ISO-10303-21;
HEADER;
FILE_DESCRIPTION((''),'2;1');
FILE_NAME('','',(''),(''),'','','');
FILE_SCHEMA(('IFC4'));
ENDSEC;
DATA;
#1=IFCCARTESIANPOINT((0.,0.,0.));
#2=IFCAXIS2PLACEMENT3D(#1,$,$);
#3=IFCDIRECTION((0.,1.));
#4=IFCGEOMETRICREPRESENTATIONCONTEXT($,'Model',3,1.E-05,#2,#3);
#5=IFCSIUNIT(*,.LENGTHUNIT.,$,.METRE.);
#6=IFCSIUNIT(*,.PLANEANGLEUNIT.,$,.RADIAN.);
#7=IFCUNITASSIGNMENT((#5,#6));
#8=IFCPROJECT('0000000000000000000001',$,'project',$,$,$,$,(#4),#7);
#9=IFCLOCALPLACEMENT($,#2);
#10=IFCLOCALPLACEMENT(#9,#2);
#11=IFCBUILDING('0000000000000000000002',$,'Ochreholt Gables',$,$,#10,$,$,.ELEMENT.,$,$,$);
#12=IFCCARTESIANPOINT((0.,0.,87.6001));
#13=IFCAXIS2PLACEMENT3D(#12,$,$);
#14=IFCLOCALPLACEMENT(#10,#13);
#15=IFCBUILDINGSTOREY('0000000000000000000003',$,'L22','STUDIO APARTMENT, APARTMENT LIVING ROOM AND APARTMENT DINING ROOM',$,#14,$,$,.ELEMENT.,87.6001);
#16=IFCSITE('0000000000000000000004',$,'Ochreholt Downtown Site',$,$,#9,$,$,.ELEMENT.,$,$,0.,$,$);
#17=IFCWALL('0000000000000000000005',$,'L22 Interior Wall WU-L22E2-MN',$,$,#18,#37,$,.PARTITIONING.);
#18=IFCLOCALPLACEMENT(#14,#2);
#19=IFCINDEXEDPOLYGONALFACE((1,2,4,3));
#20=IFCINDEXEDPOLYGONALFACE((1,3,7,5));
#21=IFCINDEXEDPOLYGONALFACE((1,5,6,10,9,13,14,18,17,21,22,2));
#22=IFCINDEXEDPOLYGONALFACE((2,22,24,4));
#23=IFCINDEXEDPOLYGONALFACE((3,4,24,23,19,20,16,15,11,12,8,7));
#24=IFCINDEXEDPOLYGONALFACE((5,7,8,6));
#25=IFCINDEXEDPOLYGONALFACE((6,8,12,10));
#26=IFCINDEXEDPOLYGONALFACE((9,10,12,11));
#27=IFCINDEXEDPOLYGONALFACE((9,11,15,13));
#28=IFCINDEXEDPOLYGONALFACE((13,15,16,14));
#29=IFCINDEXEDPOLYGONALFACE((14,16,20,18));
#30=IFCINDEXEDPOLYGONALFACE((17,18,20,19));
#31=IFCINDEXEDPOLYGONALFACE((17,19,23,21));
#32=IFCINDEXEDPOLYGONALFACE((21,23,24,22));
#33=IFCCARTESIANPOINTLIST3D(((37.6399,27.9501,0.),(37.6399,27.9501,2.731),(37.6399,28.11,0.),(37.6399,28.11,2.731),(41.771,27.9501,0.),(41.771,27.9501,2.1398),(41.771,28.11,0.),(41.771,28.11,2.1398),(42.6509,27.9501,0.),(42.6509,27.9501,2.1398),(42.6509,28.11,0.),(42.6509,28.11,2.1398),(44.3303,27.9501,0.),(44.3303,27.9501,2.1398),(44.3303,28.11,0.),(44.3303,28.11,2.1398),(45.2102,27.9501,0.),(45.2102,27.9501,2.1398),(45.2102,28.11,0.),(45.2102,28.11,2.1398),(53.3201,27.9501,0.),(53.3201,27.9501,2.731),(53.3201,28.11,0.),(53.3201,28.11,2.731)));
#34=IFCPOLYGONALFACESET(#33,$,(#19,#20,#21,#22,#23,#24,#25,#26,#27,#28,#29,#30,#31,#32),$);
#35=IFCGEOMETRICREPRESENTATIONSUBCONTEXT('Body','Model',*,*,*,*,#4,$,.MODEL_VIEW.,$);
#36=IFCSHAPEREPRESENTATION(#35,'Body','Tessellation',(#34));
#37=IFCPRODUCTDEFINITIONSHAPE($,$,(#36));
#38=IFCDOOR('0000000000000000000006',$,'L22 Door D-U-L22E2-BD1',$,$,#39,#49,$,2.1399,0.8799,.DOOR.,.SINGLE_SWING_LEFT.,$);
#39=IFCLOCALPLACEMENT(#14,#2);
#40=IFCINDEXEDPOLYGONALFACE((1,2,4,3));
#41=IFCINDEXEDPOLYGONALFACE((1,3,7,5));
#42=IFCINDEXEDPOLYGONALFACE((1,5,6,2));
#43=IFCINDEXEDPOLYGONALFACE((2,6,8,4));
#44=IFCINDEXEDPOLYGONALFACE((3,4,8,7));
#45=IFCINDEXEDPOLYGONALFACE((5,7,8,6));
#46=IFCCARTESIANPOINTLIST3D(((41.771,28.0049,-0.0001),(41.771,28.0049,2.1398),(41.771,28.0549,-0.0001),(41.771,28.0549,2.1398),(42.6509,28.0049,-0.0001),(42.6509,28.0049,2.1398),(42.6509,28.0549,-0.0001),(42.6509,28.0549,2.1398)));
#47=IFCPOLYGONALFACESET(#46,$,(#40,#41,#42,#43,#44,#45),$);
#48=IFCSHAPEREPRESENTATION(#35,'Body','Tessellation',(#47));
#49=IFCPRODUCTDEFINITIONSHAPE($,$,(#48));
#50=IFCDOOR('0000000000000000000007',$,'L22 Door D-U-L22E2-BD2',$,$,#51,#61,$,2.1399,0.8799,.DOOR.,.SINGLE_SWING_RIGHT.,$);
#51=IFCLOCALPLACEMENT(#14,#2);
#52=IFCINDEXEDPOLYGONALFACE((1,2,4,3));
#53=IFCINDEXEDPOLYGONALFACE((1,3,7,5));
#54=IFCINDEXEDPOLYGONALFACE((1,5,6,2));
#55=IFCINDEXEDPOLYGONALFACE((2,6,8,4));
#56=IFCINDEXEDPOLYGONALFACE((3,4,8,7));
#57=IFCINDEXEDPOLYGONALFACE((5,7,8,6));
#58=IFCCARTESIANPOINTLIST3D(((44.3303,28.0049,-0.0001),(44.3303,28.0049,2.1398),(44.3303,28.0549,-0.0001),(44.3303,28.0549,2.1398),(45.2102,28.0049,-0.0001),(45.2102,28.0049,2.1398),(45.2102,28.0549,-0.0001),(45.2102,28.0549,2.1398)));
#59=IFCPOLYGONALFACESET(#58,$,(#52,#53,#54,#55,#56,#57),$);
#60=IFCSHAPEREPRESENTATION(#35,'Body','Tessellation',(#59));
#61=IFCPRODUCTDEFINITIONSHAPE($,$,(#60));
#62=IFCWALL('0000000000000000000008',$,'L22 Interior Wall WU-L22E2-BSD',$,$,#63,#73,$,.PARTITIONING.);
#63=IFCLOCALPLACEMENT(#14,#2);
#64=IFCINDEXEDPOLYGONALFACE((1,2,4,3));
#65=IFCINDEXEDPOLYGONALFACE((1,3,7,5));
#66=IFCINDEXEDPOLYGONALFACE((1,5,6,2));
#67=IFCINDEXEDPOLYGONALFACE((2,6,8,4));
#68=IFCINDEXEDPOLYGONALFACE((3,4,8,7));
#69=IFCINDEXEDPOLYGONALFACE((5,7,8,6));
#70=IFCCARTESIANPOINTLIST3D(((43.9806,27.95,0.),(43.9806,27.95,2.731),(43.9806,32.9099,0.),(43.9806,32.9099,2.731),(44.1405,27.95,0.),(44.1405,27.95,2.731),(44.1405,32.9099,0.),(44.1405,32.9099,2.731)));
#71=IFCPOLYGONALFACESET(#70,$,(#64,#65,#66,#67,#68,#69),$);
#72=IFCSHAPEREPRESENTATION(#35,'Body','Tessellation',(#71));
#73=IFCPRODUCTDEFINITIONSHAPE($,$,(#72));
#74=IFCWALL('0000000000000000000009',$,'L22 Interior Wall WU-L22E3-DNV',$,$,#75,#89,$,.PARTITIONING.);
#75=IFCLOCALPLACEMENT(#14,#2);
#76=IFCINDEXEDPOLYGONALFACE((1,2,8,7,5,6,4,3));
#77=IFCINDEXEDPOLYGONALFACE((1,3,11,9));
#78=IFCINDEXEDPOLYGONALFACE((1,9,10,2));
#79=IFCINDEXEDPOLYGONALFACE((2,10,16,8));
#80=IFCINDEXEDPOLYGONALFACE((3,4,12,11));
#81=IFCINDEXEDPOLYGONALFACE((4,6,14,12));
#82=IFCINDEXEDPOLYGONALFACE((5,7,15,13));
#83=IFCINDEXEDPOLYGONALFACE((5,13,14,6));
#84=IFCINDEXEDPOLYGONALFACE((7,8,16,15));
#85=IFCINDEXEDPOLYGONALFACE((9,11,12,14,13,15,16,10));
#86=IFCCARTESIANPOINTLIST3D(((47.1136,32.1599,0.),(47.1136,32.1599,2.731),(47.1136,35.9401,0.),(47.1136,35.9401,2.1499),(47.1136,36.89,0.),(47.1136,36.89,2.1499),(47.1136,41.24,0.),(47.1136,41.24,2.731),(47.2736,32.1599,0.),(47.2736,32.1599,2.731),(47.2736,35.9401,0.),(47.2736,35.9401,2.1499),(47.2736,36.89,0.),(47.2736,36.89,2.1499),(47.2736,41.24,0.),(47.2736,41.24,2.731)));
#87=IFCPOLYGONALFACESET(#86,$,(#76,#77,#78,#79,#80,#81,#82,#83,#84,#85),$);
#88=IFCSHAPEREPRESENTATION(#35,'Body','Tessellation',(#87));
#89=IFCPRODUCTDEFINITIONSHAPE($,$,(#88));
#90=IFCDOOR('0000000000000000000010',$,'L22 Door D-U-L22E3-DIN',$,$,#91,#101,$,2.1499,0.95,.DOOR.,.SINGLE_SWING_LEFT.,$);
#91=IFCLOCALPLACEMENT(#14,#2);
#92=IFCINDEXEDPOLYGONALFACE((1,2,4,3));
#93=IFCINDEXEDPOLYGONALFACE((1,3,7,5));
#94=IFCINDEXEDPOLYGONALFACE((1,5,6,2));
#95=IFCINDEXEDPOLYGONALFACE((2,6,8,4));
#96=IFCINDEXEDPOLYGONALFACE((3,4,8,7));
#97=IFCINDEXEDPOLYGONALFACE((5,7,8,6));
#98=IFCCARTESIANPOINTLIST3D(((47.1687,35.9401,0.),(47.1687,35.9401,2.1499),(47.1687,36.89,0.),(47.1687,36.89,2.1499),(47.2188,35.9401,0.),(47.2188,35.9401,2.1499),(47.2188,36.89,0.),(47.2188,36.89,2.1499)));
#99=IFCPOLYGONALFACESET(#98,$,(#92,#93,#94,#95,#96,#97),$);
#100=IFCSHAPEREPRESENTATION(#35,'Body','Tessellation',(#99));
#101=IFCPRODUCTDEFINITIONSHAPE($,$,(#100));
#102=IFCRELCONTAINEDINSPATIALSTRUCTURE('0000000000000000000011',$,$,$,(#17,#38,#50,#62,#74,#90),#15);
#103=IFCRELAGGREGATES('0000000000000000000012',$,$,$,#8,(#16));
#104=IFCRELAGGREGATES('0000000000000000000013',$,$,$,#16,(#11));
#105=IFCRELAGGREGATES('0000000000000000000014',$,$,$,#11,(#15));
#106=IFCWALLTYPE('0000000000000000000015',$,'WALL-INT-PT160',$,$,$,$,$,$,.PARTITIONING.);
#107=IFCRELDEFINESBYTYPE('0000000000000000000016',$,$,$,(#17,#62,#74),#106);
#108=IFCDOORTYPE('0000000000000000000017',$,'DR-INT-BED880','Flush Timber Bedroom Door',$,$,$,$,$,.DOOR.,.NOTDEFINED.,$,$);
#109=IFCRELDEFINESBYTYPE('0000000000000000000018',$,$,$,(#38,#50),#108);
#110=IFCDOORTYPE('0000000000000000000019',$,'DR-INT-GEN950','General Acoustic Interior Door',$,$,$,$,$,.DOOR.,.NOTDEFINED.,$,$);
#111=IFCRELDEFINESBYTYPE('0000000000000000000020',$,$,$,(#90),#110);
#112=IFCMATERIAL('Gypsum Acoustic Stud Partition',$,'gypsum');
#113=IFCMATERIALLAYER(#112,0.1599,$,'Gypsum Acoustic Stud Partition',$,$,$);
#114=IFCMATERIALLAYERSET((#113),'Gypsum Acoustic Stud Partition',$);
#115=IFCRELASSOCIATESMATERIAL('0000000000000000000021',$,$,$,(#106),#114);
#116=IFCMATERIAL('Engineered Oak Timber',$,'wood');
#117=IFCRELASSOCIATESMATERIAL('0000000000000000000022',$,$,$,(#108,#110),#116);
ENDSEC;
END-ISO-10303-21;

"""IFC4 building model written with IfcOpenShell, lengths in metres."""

from ifc_helpers import new_model, si_unit, direction, frame, frame_2d, origin, place, context, subcontext, project, spatial, rectangle, extrude, material, layer, layer_set, type_object, element, fill, save


model = new_model("IFC4")

# Units and contexts
model_context = context("Model", 3, precision=1e-05, world=origin(), true_north=direction((0.0, 1.0)))
body_context = subcontext(model_context, "Body", "Model", "MODEL_VIEW")
ifc_project = project(units=[si_unit("LENGTHUNIT", "METRE"), si_unit("PLANEANGLEUNIT", "RADIAN")], contexts=[model_context])

# Site, building, storey
site_placement = place(None, origin())
site = spatial("IfcSite", under=ifc_project, at=site_placement, Name="Ochreholt Downtown Site", CompositionType="ELEMENT", RefElevation=0.0)
building_placement = place(site_placement, origin())
building = spatial("IfcBuilding", under=site, at=building_placement, Name="Ochreholt Gables", CompositionType="ELEMENT")
storey_placement = place(building_placement, frame((0.0, 0.0, 87.6001)))
storey = spatial("IfcBuildingStorey", under=building, at=storey_placement, Name="L22", Description="STUDIO APARTMENT, APARTMENT LIVING ROOM AND APARTMENT DINING ROOM", CompositionType="ELEMENT", Elevation=87.6001)

# Shared definitions
ifc_material_1 = material(Name="Engineered Oak Timber", Category="wood")

# Wall, openings, doors
ifc_material_2 = material(Name="Gypsum Acoustic Stud Partition", Category="gypsum")
ifc_layer_1 = layer(ifc_material_2, 0.1599, Name="Gypsum Acoustic Stud Partition")
ifc_layer_set_1 = layer_set([ifc_layer_1], Name="Gypsum Acoustic Stud Partition")
wall_type_1 = type_object("IfcWallType", Name="WALL-INT-PT160", PredefinedType="PARTITIONING", material=ifc_layer_set_1)
wall_1_placement = place(storey_placement, frame((37.6399, 28.03, 0.0), z_axis=(0.0, 0.0, 1.0), x_axis=(1.0, 0.0, 0.0)))
wall_1 = element("IfcWall", 1, at=wall_1_placement, inside=storey, type_object=wall_type_1, Name="L22 Interior Wall WU-L22E2-MN", PredefinedType="PARTITIONING", context=body_context, shape_type="SweptSolid", body=[
    extrude(rectangle(XDim=15.6802, YDim=0.1599, at=frame_2d((7.8401, 0.0))), origin(), (0.0, 0.0, 1.0), 2.731),
])
opening_1_placement = place(wall_1_placement, frame((4.1311, 0.0, 0.0)))
opening_1 = element("IfcOpeningElement", 2, at=opening_1_placement, cuts=wall_1, PredefinedType="OPENING", context=body_context, shape_type="SweptSolid", body=[
    extrude(rectangle(XDim=0.8799, YDim=2.1399, at=frame_2d((0.4399, 1.0698))), frame((0.0, 0.0898, 0.0), z_axis=(0.0, -1.0, 0.0), x_axis=(1.0, 0.0, 0.0)), (0.0, 0.0, 1.0), 0.1799),
])
opening_2_placement = place(wall_1_placement, frame((6.6904, 0.0, 0.0)))
opening_2 = element("IfcOpeningElement", 3, at=opening_2_placement, cuts=wall_1, PredefinedType="OPENING", context=body_context, shape_type="SweptSolid", body=[
    extrude(rectangle(XDim=0.8799, YDim=2.1399, at=frame_2d((0.4399, 1.0698))), frame((0.0, 0.0898, 0.0), z_axis=(0.0, -1.0, 0.0), x_axis=(1.0, 0.0, 0.0)), (0.0, 0.0, 1.0), 0.1799),
])
door_type_1 = type_object("IfcDoorType", Name="DR-INT-BED880", Description="Flush Timber Bedroom Door", OperationType="NOTDEFINED", PredefinedType="DOOR", material=ifc_material_1)
door_1_placement = place(opening_1_placement, origin())
door_1 = element("IfcDoor", 4, at=door_1_placement, inside=storey, type_object=door_type_1, Name="L22 Door D-U-L22E2-BD1", OperationType="SINGLE_SWING_LEFT", OverallHeight=2.1399, OverallWidth=0.8799, PredefinedType="DOOR", context=body_context, shape_type="SweptSolid", body=[
    extrude(rectangle(XDim=0.8799, YDim=2.1399, at=frame_2d((0.4399, 1.0698))), frame((0.0, 0.0249, 0.0), z_axis=(0.0, -1.0, 0.0), x_axis=(1.0, 0.0, 0.0)), (0.0, 0.0, 1.0), 0.05),
])
fill(opening_1, door_1)
door_2_placement = place(opening_2_placement, origin())
door_2 = element("IfcDoor", 5, at=door_2_placement, inside=storey, type_object=door_type_1, Name="L22 Door D-U-L22E2-BD2", OperationType="SINGLE_SWING_RIGHT", OverallHeight=2.1399, OverallWidth=0.8799, PredefinedType="DOOR", context=body_context, shape_type="SweptSolid", body=[
    extrude(rectangle(XDim=0.8799, YDim=2.1399, at=frame_2d((0.4399, 1.0698))), frame((0.0, 0.0249, 0.0), z_axis=(0.0, -1.0, 0.0), x_axis=(1.0, 0.0, 0.0)), (0.0, 0.0, 1.0), 0.05),
])
fill(opening_2, door_2)

# Wall
wall_2_placement = place(storey_placement, frame((44.0605, 27.95, 0.0), z_axis=(0.0, 0.0, 1.0), x_axis=(0.0, 1.0, 0.0)))
element("IfcWall", 6, at=wall_2_placement, inside=storey, type_object=wall_type_1, Name="L22 Interior Wall WU-L22E2-BSD", PredefinedType="PARTITIONING", context=body_context, shape_type="SweptSolid", body=[
    extrude(rectangle(XDim=4.96, YDim=0.1599, at=frame_2d((2.48, 0.0))), origin(), (0.0, 0.0, 1.0), 2.731),
])

# Wall, opening, door
wall_3_placement = place(storey_placement, frame((47.1936, 32.1599, 0.0), z_axis=(0.0, 0.0, 1.0), x_axis=(0.0, 1.0, 0.0)))
wall_3 = element("IfcWall", 7, at=wall_3_placement, inside=storey, type_object=wall_type_1, Name="L22 Interior Wall WU-L22E3-DNV", PredefinedType="PARTITIONING", context=body_context, shape_type="SweptSolid", body=[
    extrude(rectangle(XDim=9.0801, YDim=0.1599, at=frame_2d((4.54, 0.0))), origin(), (0.0, 0.0, 1.0), 2.731),
])
opening_3_placement = place(wall_3_placement, frame((3.78, 0.0, 0.0)))
opening_3 = element("IfcOpeningElement", 8, at=opening_3_placement, cuts=wall_3, PredefinedType="OPENING", context=body_context, shape_type="SweptSolid", body=[
    extrude(rectangle(XDim=0.95, YDim=2.1499, at=frame_2d((0.4751, 1.075))), frame((0.0, 0.0898, 0.0), z_axis=(0.0, -1.0, 0.0), x_axis=(1.0, 0.0, 0.0)), (0.0, 0.0, 1.0), 0.1799),
])
door_type_2 = type_object("IfcDoorType", Name="DR-INT-GEN950", Description="General Acoustic Interior Door", OperationType="NOTDEFINED", PredefinedType="DOOR", material=ifc_material_1)
door_3_placement = place(opening_3_placement, origin())
door_3 = element("IfcDoor", 9, at=door_3_placement, inside=storey, type_object=door_type_2, Name="L22 Door D-U-L22E3-DIN", OperationType="SINGLE_SWING_LEFT", OverallHeight=2.1499, OverallWidth=0.95, PredefinedType="DOOR", context=body_context, shape_type="SweptSolid", body=[
    extrude(rectangle(XDim=0.95, YDim=2.1499, at=frame_2d((0.4751, 1.075))), frame((0.0, 0.0249, 0.0), z_axis=(0.0, -1.0, 0.0), x_axis=(1.0, 0.0, 0.0)), (0.0, 0.0, 1.0), 0.05),
])
fill(opening_3, door_3)

save(model, "model.ifc")
